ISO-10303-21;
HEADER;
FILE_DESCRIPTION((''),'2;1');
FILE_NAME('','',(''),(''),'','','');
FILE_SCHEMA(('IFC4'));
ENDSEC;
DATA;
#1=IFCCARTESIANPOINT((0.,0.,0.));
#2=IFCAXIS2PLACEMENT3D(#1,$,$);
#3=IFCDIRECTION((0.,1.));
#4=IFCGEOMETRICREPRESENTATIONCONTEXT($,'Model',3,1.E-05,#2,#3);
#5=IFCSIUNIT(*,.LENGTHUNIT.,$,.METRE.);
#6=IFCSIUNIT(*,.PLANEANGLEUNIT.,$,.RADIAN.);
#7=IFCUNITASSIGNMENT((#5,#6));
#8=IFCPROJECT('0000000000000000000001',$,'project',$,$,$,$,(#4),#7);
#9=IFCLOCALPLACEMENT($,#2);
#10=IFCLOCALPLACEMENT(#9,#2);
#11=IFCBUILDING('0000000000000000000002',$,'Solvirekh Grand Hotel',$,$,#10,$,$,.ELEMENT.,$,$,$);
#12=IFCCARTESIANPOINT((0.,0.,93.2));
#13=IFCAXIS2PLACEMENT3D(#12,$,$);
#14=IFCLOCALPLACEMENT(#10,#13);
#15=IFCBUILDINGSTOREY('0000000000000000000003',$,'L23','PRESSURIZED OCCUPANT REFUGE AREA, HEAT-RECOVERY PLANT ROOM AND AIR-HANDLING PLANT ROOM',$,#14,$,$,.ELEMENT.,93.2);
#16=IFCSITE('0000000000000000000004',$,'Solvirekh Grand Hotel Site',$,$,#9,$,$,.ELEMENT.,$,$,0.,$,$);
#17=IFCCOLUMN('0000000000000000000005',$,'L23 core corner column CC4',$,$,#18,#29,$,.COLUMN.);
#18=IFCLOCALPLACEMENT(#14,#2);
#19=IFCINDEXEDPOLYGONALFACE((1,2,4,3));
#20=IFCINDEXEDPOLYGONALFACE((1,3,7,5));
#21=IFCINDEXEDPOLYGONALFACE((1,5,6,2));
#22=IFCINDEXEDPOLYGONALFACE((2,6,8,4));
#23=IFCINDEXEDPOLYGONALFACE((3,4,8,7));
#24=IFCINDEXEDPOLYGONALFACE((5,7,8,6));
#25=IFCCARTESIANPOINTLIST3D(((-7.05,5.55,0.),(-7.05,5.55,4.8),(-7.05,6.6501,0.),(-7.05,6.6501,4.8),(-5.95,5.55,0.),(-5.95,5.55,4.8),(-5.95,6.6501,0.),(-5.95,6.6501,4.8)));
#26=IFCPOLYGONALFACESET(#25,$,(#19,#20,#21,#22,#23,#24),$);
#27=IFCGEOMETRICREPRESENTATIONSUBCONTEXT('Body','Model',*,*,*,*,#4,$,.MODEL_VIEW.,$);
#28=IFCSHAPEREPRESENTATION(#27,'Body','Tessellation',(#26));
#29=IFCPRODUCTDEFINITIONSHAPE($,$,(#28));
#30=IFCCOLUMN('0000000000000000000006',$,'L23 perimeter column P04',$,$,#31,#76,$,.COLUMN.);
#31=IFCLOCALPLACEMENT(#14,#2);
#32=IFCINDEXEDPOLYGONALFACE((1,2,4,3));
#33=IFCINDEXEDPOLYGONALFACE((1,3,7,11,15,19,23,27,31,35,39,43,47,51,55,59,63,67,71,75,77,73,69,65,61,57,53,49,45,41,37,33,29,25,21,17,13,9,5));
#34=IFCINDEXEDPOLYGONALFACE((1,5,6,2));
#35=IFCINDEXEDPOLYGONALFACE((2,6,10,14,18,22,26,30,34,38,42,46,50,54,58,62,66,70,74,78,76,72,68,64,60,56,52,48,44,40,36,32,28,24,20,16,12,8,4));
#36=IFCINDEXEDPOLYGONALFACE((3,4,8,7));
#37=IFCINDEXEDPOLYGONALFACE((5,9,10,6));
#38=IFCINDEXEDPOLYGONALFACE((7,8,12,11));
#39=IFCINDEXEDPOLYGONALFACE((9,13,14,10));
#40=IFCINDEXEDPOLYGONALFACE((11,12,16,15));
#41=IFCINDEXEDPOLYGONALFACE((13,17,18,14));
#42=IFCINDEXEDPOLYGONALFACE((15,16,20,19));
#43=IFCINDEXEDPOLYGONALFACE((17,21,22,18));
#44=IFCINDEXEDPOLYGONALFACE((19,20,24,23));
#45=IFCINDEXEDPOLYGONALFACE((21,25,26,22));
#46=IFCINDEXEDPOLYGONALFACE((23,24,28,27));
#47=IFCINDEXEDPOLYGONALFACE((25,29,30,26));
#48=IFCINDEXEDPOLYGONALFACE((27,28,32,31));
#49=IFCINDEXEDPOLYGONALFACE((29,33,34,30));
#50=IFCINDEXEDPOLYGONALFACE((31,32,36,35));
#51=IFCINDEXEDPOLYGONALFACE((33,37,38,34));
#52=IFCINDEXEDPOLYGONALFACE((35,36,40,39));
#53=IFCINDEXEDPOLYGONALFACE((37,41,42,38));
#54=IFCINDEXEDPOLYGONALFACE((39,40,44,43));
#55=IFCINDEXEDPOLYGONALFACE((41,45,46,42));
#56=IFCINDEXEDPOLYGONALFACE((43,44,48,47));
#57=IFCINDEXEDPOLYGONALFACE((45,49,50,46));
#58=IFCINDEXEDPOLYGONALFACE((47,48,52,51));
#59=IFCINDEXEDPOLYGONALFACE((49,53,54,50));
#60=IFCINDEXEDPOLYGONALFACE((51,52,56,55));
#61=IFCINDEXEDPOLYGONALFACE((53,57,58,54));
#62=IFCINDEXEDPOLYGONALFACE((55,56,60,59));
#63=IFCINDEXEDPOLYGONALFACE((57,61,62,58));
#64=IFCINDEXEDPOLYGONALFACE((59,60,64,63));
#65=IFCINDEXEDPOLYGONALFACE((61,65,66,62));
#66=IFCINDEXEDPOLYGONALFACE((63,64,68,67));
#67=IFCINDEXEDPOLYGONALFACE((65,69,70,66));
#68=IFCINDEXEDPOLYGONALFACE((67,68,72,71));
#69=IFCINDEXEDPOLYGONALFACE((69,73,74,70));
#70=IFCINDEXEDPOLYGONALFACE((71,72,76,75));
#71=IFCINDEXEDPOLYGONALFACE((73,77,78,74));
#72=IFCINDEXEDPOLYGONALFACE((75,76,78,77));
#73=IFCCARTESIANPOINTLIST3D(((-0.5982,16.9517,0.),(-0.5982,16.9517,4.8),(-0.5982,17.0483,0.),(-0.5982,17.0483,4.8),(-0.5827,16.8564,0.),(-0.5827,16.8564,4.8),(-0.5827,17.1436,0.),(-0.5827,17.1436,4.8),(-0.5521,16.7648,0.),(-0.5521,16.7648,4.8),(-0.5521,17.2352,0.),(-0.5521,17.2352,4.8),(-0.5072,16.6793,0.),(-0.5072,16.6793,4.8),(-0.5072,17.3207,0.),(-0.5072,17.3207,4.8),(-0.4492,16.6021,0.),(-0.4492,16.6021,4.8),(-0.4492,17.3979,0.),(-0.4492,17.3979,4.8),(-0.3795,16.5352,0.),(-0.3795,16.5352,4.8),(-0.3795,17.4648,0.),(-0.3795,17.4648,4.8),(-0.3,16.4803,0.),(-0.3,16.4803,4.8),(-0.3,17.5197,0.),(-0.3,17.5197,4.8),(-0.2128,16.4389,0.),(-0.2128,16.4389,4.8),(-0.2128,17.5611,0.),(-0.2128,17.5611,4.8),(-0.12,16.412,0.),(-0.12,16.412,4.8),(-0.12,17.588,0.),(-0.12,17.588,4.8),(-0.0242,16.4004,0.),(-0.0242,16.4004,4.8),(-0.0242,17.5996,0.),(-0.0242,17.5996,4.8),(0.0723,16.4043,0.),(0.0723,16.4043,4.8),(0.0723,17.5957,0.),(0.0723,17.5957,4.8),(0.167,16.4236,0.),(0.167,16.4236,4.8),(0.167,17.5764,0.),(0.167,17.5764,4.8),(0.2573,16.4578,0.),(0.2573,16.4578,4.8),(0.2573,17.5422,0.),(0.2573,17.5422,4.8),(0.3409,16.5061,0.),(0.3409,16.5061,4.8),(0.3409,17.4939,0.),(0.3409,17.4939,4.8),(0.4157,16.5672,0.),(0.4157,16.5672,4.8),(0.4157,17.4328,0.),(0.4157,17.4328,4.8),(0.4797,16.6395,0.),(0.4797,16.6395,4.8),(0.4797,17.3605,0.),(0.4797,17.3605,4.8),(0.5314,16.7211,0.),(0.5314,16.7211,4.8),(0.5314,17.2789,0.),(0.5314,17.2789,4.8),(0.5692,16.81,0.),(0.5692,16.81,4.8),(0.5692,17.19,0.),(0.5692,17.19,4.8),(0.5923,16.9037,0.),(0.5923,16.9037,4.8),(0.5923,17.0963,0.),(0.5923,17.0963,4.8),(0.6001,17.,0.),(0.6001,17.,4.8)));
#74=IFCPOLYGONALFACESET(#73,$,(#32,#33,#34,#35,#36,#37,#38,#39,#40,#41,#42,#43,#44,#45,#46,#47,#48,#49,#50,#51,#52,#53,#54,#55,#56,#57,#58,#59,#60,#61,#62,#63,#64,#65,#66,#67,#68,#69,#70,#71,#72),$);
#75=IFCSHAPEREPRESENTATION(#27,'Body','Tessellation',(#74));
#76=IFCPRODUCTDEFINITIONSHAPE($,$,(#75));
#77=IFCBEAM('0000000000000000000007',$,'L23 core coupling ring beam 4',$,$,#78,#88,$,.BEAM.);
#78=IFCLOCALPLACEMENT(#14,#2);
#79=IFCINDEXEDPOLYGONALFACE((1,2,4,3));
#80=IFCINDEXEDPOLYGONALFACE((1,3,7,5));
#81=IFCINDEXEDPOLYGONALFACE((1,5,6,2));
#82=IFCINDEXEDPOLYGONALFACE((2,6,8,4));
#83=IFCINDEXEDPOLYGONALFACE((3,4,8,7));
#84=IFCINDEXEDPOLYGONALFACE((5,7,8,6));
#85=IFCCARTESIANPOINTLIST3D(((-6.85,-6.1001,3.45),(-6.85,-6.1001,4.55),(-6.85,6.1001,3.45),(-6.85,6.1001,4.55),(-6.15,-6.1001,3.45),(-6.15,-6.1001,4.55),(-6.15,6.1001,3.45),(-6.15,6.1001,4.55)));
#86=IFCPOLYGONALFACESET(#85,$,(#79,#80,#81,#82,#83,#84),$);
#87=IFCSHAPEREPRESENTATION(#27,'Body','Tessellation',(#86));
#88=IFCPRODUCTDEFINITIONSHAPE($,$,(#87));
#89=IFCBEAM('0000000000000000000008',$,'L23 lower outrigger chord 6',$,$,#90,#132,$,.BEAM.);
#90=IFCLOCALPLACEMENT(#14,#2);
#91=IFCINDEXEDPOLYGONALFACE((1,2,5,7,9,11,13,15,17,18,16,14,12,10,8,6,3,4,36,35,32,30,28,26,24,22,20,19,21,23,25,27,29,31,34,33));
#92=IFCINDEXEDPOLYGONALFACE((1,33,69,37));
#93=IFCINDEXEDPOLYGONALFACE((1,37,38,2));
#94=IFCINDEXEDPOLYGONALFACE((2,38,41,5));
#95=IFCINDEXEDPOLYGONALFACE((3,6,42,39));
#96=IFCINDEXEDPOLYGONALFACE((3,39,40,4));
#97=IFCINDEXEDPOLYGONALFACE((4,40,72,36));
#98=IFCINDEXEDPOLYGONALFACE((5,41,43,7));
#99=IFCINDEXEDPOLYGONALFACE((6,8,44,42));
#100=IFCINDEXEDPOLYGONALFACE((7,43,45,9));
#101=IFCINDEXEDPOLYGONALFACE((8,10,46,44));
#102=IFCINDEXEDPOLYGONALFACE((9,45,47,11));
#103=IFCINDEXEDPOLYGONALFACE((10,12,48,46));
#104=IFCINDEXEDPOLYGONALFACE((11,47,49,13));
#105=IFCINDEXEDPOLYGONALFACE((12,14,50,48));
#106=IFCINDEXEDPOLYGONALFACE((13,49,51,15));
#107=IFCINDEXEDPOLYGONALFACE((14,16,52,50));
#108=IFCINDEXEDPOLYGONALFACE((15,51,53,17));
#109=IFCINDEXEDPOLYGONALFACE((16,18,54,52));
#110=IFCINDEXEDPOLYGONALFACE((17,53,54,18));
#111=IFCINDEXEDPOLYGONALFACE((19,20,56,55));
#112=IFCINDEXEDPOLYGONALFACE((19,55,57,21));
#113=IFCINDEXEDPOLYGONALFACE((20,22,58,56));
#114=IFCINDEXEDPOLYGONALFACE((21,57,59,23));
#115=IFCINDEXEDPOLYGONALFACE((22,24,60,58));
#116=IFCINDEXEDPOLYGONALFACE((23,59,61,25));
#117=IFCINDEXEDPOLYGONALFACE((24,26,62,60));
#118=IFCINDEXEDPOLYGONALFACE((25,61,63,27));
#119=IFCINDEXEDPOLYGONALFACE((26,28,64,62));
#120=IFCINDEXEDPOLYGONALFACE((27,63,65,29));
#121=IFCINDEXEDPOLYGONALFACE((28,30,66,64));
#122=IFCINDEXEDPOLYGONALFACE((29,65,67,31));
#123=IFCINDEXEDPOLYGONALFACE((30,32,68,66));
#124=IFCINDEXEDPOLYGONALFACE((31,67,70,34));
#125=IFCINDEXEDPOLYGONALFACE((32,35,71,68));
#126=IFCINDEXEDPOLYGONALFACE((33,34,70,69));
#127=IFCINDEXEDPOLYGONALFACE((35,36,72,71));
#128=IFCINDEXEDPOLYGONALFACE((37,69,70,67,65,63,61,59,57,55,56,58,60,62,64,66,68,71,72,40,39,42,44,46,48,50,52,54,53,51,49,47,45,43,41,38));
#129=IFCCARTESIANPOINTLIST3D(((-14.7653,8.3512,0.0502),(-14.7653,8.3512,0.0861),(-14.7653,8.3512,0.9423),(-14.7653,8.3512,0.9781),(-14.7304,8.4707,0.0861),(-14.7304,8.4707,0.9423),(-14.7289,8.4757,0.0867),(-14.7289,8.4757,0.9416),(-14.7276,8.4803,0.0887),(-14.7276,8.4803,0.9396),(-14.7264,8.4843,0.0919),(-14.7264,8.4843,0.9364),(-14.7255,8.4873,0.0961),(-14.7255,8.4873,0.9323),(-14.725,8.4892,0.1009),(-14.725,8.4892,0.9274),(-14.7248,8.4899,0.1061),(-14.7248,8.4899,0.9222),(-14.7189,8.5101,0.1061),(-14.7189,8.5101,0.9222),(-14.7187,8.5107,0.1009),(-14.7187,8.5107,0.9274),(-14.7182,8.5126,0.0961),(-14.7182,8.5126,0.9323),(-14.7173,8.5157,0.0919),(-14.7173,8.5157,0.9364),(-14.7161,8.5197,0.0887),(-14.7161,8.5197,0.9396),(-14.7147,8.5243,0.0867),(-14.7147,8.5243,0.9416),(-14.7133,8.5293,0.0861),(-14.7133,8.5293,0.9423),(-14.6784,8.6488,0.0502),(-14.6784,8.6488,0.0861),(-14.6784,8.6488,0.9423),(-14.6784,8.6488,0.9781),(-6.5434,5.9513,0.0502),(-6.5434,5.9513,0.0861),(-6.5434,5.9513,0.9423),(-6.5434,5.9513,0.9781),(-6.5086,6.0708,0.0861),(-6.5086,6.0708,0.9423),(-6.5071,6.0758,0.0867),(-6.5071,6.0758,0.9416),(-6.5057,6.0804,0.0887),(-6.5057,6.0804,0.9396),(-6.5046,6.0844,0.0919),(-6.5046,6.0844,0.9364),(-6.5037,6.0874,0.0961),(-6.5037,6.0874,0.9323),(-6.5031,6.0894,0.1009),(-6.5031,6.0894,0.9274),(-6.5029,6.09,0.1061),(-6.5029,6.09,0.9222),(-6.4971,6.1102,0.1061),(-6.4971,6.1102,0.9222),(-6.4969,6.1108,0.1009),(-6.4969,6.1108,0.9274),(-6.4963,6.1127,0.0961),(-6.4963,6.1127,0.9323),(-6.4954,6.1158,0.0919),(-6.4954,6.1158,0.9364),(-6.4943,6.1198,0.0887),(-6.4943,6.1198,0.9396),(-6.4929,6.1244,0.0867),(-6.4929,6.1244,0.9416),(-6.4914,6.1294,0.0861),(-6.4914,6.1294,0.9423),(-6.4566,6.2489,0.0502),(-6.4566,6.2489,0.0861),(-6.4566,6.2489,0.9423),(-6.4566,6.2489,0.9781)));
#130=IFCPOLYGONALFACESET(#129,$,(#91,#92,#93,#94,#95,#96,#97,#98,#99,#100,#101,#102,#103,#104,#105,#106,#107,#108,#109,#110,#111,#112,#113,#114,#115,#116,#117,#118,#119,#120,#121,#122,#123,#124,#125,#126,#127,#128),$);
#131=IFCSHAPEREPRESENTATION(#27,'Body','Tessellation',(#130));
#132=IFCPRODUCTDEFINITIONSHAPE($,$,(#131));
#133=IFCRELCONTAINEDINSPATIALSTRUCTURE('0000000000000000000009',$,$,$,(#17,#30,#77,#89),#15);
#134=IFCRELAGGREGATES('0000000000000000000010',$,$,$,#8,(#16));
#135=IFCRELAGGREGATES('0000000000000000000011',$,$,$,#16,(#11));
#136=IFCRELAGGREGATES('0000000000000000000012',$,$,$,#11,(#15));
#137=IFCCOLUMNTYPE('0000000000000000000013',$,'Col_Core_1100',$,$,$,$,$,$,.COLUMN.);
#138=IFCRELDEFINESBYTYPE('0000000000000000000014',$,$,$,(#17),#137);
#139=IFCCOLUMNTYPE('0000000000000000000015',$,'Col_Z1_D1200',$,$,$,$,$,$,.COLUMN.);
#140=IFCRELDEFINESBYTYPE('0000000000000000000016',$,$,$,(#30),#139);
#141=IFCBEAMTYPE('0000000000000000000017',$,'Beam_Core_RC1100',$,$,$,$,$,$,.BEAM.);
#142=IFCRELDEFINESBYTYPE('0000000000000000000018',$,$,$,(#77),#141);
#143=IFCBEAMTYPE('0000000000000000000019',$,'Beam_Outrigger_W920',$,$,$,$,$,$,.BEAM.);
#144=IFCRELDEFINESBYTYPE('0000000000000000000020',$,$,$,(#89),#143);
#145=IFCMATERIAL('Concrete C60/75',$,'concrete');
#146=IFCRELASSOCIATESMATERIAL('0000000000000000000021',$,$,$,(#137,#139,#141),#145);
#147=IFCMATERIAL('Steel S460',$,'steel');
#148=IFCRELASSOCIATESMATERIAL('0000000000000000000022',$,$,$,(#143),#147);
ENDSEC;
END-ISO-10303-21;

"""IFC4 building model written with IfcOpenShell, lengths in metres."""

from ifc_helpers import new_model, si_unit, direction, frame, origin, origin_2d, place, context, subcontext, project, spatial, rectangle, circle, i_section, extrude, material, material_profile, profile_set, type_object, element, save


model = new_model("IFC4")

# Units and contexts
model_context = context("Model", 3, precision=1e-05, world=origin(), true_north=direction((0.0, 1.0)))
body_context = subcontext(model_context, "Body", "Model", "MODEL_VIEW")
ifc_project = project(units=[si_unit("LENGTHUNIT", "METRE"), si_unit("PLANEANGLEUNIT", "RADIAN")], contexts=[model_context])

# Site, building, storey
site_placement = place(None, origin())
site = spatial("IfcSite", under=ifc_project, at=site_placement, Name="Solvirekh Grand Hotel Site", CompositionType="ELEMENT", RefElevation=0.0)
building_placement = place(site_placement, origin())
building = spatial("IfcBuilding", under=site, at=building_placement, Name="Solvirekh Grand Hotel", CompositionType="ELEMENT")
storey_placement = place(building_placement, frame((0.0, 0.0, 93.2)))
storey = spatial("IfcBuildingStorey", under=building, at=storey_placement, Name="L23", Description="PRESSURIZED OCCUPANT REFUGE AREA, HEAT-RECOVERY PLANT ROOM AND AIR-HANDLING PLANT ROOM", CompositionType="ELEMENT", Elevation=93.2)

# Columns
ifc_material_1 = material(Name="Concrete C60/75", Category="concrete")
ifc_material_profile_1 = material_profile(ifc_material_1, rectangle(XDim=1.1001, YDim=1.1001, at=origin_2d()), Name="RC 1100X1100")
ifc_profile_set_1 = profile_set([ifc_material_profile_1], Name="Concrete C60/75")
column_type_1 = type_object("IfcColumnType", Name="Col_Core_1100", PredefinedType="COLUMN", material=ifc_profile_set_1)
column_1_placement = place(storey_placement, frame((-6.5, 6.1001, 0.0), z_axis=(0.0, 0.0, 1.0), x_axis=(1.0, 0.0, 0.0)))
element("IfcColumn", 1, at=column_1_placement, inside=storey, type_object=column_type_1, Name="L23 core corner column CC4", PredefinedType="COLUMN", context=body_context, shape_type="SweptSolid", body=[
    extrude(rectangle(XDim=1.1001, YDim=1.1001, at=origin_2d()), origin(), (0.0, 0.0, 1.0), 4.8),
])
ifc_material_profile_2 = material_profile(ifc_material_1, circle(Radius=0.6001, at=origin_2d()), Name="RC CIRC D1200")
ifc_profile_set_2 = profile_set([ifc_material_profile_2], Name="Concrete C60/75")
column_type_2 = type_object("IfcColumnType", Name="Col_Z1_D1200", PredefinedType="COLUMN", material=ifc_profile_set_2)
column_2_placement = place(storey_placement, frame((0.0, 17.0, 0.0), z_axis=(0.0, 0.0, 1.0), x_axis=(1.0, 0.0, 0.0)))
element("IfcColumn", 2, at=column_2_placement, inside=storey, type_object=column_type_2, Name="L23 perimeter column P04", PredefinedType="COLUMN", context=body_context, shape_type="SweptSolid", body=[
    extrude(circle(Radius=0.6001, at=origin_2d()), origin(), (0.0, 0.0, 1.0), 4.8),
])

# Beams
ifc_material_profile_3 = material_profile(ifc_material_1, rectangle(XDim=0.7, YDim=1.1001, at=origin_2d()), Name="RC BEAM 700X1100")
ifc_profile_set_3 = profile_set([ifc_material_profile_3], Name="Concrete C60/75")
beam_type_1 = type_object("IfcBeamType", Name="Beam_Core_RC1100", PredefinedType="BEAM", material=ifc_profile_set_3)
beam_1_placement = place(storey_placement, frame((-6.5, 6.1001, 4.0), z_axis=(0.0, -1.0, 0.0), x_axis=(1.0, 0.0, 0.0)))
element("IfcBeam", 3, at=beam_1_placement, inside=storey, type_object=beam_type_1, Name="L23 core coupling ring beam 4", PredefinedType="BEAM", context=body_context, shape_type="SweptSolid", body=[
    extrude(rectangle(XDim=0.7, YDim=1.1001, at=origin_2d()), origin(), (0.0, 0.0, 1.0), 12.2002),
])
ifc_material_2 = material(Name="Steel S460", Category="steel")
ifc_material_profile_4 = material_profile(ifc_material_2, i_section(OverallWidth=0.3101, OverallDepth=0.928, WebThickness=0.021, FlangeThickness=0.0359, FilletRadius=0.02, at=origin_2d()), Name="W920X342")
ifc_profile_set_4 = profile_set([ifc_material_profile_4], Name="Steel S460")
beam_type_2 = type_object("IfcBeamType", Name="Beam_Outrigger_W920", PredefinedType="BEAM", material=ifc_profile_set_4)
beam_2_placement = place(storey_placement, frame((-6.5, 6.1001, 0.5142), z_axis=(-0.959942, 0.280198, 0.0), x_axis=(-0.280198, -0.959942, 0.0)))
element("IfcBeam", 4, at=beam_2_placement, inside=storey, type_object=beam_type_2, Name="L23 lower outrigger chord 6", PredefinedType="BEAM", context=body_context, shape_type="SweptSolid", body=[
    extrude(i_section(OverallWidth=0.3101, OverallDepth=0.928, WebThickness=0.021, FlangeThickness=0.0359, FilletRadius=0.02, at=origin_2d()), origin(), (0.0, 0.0, 1.0), 8.5649),
])

save(model, "model.ifc")
